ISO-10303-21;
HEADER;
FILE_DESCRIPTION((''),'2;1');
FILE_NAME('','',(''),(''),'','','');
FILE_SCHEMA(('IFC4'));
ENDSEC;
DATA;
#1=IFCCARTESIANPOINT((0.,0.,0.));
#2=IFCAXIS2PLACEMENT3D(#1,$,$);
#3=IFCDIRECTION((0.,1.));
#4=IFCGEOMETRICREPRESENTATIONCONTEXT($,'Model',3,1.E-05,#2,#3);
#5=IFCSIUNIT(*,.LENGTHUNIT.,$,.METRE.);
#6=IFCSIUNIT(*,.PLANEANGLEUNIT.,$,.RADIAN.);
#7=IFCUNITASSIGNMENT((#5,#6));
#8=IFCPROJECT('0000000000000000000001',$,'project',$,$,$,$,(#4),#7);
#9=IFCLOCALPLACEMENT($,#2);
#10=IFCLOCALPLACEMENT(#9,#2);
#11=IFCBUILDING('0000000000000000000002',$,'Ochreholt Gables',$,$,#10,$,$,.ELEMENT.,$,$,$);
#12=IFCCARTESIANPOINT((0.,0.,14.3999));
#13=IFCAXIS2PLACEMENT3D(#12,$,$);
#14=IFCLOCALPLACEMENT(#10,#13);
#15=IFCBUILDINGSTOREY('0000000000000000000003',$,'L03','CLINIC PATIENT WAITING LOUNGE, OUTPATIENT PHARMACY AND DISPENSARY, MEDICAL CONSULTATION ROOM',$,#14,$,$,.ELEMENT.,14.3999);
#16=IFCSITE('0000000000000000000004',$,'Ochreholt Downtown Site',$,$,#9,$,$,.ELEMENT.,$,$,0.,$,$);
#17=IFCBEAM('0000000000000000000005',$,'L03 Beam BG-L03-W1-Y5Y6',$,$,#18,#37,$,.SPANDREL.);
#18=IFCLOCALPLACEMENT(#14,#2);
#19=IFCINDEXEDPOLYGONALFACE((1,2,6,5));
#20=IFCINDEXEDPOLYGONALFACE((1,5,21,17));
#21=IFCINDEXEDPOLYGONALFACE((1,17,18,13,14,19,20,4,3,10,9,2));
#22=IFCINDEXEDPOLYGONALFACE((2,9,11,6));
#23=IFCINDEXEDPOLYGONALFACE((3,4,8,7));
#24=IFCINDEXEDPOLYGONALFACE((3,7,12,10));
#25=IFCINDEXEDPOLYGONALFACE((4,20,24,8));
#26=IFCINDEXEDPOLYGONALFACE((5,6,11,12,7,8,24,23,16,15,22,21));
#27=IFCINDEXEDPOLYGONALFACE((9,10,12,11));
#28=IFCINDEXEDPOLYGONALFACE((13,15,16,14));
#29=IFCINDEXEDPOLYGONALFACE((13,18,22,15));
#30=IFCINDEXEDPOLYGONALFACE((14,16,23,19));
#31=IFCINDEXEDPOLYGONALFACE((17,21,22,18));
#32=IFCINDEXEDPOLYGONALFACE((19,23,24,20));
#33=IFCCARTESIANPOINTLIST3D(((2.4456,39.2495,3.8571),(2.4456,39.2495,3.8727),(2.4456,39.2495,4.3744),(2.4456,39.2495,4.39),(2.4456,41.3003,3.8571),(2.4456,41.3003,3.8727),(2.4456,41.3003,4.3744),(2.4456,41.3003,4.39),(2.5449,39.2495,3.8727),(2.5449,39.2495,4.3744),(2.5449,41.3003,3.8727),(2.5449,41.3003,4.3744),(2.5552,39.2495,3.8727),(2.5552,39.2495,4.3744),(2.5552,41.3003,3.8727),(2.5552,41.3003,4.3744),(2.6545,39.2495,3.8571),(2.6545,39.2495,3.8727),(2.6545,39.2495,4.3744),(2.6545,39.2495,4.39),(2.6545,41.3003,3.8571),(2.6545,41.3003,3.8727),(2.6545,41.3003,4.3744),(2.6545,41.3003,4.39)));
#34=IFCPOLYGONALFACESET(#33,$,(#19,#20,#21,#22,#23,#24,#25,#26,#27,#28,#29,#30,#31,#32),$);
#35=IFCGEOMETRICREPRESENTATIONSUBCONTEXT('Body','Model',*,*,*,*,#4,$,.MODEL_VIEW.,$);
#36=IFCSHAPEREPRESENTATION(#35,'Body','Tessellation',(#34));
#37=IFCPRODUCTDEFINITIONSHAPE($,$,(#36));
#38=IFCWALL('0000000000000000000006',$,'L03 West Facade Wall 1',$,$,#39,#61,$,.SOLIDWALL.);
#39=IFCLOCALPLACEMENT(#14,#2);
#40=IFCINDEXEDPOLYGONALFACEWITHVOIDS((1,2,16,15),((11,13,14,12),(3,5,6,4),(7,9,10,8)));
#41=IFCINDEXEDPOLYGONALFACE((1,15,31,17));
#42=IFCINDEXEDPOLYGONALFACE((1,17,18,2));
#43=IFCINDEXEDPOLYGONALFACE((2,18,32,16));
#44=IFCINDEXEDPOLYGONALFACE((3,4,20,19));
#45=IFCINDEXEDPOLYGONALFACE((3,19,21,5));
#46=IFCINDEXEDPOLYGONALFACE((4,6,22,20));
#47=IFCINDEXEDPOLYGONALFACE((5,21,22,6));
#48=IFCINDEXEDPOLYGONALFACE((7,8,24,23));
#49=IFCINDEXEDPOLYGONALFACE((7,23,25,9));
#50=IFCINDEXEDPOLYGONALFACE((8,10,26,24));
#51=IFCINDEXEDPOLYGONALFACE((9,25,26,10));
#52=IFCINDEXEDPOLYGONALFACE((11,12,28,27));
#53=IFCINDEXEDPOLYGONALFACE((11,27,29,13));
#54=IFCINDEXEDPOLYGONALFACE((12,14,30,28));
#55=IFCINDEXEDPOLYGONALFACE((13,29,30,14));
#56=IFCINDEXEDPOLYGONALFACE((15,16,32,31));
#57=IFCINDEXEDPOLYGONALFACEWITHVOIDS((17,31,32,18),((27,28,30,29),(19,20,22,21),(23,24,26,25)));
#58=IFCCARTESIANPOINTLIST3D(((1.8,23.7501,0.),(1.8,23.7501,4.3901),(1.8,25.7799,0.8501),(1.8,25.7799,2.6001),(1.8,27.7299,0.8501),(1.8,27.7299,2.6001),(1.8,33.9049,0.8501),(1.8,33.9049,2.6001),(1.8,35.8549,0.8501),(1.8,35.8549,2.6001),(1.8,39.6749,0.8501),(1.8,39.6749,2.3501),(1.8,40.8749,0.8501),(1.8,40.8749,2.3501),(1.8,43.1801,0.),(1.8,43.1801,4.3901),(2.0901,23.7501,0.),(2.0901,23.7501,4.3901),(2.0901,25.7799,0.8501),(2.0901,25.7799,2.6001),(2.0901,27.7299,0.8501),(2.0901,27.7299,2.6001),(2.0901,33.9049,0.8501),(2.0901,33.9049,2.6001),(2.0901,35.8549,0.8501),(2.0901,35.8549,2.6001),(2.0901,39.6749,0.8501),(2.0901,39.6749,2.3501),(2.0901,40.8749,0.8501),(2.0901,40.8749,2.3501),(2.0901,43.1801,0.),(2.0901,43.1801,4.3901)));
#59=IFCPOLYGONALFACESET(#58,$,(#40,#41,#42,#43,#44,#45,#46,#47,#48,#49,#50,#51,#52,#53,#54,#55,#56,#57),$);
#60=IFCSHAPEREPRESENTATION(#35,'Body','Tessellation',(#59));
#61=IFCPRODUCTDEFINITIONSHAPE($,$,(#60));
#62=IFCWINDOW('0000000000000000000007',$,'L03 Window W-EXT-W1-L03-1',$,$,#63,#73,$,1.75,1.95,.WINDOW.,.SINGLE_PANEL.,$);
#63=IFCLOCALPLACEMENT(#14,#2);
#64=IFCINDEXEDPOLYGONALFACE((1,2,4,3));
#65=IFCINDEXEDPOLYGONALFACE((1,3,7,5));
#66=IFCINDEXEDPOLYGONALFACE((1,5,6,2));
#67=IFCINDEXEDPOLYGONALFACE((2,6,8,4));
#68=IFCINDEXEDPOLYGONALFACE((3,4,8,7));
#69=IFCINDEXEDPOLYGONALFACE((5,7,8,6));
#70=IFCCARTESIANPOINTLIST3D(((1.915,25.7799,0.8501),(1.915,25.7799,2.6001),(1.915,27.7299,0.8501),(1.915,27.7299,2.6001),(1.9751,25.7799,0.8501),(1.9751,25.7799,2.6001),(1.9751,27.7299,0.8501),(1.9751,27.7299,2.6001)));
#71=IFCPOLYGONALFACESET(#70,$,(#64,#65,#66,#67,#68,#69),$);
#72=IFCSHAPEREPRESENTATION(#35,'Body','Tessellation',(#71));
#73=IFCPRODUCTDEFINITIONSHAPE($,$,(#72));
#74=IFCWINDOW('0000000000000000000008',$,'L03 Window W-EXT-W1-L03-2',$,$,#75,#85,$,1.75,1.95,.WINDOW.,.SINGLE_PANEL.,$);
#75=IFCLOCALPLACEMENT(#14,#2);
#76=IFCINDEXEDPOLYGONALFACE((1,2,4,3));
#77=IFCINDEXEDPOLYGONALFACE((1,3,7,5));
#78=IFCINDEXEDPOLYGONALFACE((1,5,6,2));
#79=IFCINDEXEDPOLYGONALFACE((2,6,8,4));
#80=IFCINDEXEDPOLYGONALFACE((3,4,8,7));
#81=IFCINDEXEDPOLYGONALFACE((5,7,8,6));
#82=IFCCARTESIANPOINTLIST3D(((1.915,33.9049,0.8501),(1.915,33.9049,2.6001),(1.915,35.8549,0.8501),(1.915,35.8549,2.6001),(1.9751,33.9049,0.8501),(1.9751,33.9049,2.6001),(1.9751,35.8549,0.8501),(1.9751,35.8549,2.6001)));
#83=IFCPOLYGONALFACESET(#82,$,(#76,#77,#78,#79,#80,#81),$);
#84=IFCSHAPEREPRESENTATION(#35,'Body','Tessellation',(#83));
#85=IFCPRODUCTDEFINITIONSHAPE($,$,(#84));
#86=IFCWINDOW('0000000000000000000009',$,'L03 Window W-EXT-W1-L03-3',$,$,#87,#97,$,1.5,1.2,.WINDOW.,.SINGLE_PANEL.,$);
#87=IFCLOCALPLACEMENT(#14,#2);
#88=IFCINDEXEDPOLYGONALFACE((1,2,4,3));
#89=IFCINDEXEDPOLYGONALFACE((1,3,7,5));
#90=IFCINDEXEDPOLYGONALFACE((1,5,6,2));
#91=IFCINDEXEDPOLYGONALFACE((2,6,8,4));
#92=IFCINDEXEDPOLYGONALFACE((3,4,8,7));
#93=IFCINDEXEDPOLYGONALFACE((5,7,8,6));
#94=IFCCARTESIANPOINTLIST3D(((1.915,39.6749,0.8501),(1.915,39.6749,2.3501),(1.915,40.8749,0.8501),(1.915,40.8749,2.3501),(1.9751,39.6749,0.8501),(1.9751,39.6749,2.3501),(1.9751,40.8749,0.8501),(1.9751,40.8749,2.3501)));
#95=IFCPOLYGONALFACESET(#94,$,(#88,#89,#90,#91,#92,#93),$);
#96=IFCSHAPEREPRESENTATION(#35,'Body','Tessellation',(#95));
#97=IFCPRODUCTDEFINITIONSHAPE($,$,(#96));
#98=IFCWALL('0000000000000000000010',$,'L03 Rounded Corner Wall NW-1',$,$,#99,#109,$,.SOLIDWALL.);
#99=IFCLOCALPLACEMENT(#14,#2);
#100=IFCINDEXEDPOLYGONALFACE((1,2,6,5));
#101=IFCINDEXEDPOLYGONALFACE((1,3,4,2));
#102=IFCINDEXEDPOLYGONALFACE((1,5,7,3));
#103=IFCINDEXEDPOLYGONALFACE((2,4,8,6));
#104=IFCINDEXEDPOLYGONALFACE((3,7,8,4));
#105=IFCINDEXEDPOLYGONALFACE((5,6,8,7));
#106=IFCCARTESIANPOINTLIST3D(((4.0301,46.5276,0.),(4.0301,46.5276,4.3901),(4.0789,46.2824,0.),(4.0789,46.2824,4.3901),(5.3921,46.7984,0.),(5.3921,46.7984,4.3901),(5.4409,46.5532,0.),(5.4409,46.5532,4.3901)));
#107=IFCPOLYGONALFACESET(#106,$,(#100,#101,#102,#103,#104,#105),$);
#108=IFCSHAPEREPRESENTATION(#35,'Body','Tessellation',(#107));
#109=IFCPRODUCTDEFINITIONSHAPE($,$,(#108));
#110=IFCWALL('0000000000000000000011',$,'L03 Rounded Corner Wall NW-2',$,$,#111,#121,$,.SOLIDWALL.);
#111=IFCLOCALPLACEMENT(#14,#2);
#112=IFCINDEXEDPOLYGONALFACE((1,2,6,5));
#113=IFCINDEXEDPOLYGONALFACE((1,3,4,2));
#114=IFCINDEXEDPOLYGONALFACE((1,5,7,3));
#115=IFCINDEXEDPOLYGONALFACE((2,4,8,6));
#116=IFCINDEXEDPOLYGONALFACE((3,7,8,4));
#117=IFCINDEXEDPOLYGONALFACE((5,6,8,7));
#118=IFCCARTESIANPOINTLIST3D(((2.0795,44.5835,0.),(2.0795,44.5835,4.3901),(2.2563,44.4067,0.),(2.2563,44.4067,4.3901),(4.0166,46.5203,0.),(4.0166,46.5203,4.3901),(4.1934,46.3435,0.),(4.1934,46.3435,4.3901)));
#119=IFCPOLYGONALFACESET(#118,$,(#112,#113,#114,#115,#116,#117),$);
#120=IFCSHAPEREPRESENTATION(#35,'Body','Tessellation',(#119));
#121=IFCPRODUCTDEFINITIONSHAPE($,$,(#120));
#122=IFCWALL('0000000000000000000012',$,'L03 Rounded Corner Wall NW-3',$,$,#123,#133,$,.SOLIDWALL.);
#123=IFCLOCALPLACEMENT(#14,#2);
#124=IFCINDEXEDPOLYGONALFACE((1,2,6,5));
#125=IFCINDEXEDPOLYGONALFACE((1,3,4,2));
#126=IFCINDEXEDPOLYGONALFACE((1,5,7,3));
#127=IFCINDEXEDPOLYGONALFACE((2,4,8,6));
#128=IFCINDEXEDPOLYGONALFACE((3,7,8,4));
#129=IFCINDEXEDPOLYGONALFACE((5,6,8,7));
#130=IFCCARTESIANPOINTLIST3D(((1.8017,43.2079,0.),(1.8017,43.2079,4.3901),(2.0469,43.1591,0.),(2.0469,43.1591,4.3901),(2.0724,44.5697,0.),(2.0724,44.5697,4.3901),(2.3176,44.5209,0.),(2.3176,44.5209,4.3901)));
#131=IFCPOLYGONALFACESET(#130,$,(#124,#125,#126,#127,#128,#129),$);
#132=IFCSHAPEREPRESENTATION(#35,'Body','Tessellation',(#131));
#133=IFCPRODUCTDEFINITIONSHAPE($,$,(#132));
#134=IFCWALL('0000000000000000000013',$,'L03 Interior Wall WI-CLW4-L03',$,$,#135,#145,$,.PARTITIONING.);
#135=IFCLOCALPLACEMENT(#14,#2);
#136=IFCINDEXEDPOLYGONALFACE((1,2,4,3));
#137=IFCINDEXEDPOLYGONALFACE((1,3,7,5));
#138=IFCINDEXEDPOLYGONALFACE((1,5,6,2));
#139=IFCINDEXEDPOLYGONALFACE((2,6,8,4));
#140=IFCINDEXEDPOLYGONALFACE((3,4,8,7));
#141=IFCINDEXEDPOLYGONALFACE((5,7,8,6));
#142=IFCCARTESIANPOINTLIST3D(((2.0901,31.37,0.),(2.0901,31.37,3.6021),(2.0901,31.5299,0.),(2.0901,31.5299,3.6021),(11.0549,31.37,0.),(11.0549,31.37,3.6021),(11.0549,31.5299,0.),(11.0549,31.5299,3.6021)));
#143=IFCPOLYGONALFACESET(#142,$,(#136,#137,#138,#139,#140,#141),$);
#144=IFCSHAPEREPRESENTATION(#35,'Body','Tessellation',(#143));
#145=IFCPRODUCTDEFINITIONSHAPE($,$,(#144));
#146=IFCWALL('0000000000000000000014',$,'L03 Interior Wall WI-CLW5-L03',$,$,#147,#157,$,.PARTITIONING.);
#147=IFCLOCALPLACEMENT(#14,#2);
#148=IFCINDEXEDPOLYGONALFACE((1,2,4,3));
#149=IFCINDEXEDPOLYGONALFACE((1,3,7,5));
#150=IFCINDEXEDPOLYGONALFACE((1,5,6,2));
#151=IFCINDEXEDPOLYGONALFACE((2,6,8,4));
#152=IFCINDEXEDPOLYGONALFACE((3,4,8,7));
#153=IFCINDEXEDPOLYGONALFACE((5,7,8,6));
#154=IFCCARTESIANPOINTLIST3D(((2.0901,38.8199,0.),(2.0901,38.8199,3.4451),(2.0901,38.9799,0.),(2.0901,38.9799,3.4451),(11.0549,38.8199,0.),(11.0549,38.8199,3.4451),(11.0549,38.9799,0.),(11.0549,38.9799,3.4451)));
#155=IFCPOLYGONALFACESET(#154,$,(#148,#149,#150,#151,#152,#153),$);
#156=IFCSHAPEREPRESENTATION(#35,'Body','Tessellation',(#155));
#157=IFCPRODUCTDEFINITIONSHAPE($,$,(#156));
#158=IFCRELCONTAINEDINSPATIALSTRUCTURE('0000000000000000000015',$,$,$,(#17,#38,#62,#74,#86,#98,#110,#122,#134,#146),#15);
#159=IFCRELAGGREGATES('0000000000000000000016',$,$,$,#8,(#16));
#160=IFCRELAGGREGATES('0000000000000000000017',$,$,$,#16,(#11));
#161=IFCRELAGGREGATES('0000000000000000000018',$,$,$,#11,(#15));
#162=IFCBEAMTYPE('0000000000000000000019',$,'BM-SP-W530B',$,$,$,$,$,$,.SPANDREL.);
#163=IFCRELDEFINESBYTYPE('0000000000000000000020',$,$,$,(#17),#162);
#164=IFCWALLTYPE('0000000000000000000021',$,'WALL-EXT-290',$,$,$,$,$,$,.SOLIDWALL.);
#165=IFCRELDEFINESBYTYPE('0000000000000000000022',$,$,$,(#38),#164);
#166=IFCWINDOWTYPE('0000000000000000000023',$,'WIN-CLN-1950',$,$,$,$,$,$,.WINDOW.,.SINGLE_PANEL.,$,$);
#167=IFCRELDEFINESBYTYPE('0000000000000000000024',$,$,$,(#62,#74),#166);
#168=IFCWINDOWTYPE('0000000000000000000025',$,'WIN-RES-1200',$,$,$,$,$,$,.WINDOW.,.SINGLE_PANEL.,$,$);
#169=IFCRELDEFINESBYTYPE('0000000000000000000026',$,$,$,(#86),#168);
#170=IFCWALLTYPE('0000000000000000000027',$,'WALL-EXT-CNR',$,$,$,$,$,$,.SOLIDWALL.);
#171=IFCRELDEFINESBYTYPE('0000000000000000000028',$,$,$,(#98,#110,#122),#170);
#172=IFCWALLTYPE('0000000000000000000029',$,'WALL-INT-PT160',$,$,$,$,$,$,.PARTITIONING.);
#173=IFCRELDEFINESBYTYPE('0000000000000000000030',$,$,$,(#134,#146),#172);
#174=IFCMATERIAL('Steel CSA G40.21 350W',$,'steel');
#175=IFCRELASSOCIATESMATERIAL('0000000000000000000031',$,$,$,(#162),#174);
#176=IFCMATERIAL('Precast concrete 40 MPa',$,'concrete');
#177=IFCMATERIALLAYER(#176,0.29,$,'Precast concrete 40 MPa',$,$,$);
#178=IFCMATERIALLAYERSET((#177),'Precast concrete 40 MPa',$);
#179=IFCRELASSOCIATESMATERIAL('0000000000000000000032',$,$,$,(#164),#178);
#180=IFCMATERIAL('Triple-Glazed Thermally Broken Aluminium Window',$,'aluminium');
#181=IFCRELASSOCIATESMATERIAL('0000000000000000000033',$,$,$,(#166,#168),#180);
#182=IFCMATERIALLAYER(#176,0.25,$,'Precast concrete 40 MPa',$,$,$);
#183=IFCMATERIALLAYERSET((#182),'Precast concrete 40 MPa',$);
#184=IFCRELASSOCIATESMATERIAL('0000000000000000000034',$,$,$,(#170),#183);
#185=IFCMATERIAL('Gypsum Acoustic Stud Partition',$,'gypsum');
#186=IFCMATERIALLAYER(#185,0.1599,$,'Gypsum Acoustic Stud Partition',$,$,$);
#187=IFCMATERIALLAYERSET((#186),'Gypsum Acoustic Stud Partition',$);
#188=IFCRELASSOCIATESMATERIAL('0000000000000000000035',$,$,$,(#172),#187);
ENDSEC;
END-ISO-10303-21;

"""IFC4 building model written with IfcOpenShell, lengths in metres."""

from ifc_helpers import new_model, si_unit, direction, frame, frame_2d, origin, origin_2d, place, context, subcontext, project, spatial, rectangle, i_section, extrude, material, layer, layer_set, material_profile, profile_set, type_object, element, fill, save


model = new_model("IFC4")

# Units and contexts
model_context = context("Model", 3, precision=1e-05, world=origin(), true_north=direction((0.0, 1.0)))
body_context = subcontext(model_context, "Body", "Model", "MODEL_VIEW")
ifc_project = project(units=[si_unit("LENGTHUNIT", "METRE"), si_unit("PLANEANGLEUNIT", "RADIAN")], contexts=[model_context])

# Site, building, storey
site_placement = place(None, origin())
site = spatial("IfcSite", under=ifc_project, at=site_placement, Name="Ochreholt Downtown Site", CompositionType="ELEMENT", RefElevation=0.0)
building_placement = place(site_placement, origin())
building = spatial("IfcBuilding", under=site, at=building_placement, Name="Ochreholt Gables", CompositionType="ELEMENT")
storey_placement = place(building_placement, frame((0.0, 0.0, 14.3999)))
storey = spatial("IfcBuildingStorey", under=building, at=storey_placement, Name="L03", Description="CLINIC PATIENT WAITING LOUNGE, OUTPATIENT PHARMACY AND DISPENSARY, MEDICAL CONSULTATION ROOM", CompositionType="ELEMENT", Elevation=14.3999)

# Beam
ifc_material_1 = material(Name="Steel CSA G40.21 350W", Category="steel")
ifc_material_profile_1 = material_profile(ifc_material_1, i_section(OverallWidth=0.209, OverallDepth=0.533, WebThickness=0.0103, FlangeThickness=0.0156, at=origin_2d()), Name="W530X92")
ifc_profile_set_1 = profile_set([ifc_material_profile_1], Name="Steel CSA G40.21 350W")
beam_type_1 = type_object("IfcBeamType", Name="BM-SP-W530B", PredefinedType="SPANDREL", material=ifc_profile_set_1)
beam_1_placement = place(storey_placement, frame((2.55, 39.2495, 4.1235), z_axis=(0.0, 1.0, 0.0), x_axis=(-1.0, 0.0, 0.0)))
element("IfcBeam", 1, at=beam_1_placement, inside=storey, type_object=beam_type_1, Name="L03 Beam BG-L03-W1-Y5Y6", PredefinedType="SPANDREL", context=body_context, shape_type="SweptSolid", body=[
    extrude(i_section(OverallWidth=0.209, OverallDepth=0.533, WebThickness=0.0103, FlangeThickness=0.0156, at=origin_2d()), origin(), (0.0, 0.0, 1.0), 2.0508),
])

# Wall, openings, windows
ifc_material_2 = material(Name="Precast concrete 40 MPa", Category="concrete")
ifc_layer_1 = layer(ifc_material_2, 0.29, Name="Precast concrete 40 MPa")
ifc_layer_set_1 = layer_set([ifc_layer_1], Name="Precast concrete 40 MPa")
wall_type_1 = type_object("IfcWallType", Name="WALL-EXT-290", PredefinedType="SOLIDWALL", material=ifc_layer_set_1)
wall_1_placement = place(storey_placement, frame((1.9451, 43.1799, 0.0), z_axis=(0.0, 0.0, 1.0), x_axis=(0.0, -1.0, 0.0)))
wall_1 = element("IfcWall", 2, at=wall_1_placement, inside=storey, type_object=wall_type_1, Name="L03 West Facade Wall 1", PredefinedType="SOLIDWALL", context=body_context, shape_type="SweptSolid", body=[
    extrude(rectangle(XDim=19.4299, YDim=0.29, at=frame_2d((9.7148, 0.0))), origin(), (0.0, 0.0, 1.0), 4.3901),
])
opening_1_placement = place(wall_1_placement, frame((15.45, 0.0, 0.8501)))
opening_1 = element("IfcOpeningElement", 3, at=opening_1_placement, cuts=wall_1, PredefinedType="OPENING", context=body_context, shape_type="SweptSolid", body=[
    extrude(rectangle(XDim=1.95, YDim=1.75, at=frame_2d((0.9751, 0.875))), frame((0.0, 0.155, 0.0), z_axis=(0.0, -1.0, 0.0), x_axis=(1.0, 0.0, 0.0)), (0.0, 0.0, 1.0), 0.3101),
])
opening_2_placement = place(wall_1_placement, frame((7.325, 0.0, 0.8501)))
opening_2 = element("IfcOpeningElement", 4, at=opening_2_placement, cuts=wall_1, PredefinedType="OPENING", context=body_context, shape_type="SweptSolid", body=[
    extrude(rectangle(XDim=1.95, YDim=1.75, at=frame_2d((0.9751, 0.875))), frame((0.0, 0.155, 0.0), z_axis=(0.0, -1.0, 0.0), x_axis=(1.0, 0.0, 0.0)), (0.0, 0.0, 1.0), 0.3101),
])
opening_3_placement = place(wall_1_placement, frame((2.3049, 0.0, 0.8501)))
opening_3 = element("IfcOpeningElement", 5, at=opening_3_placement, cuts=wall_1, PredefinedType="OPENING", context=body_context, shape_type="SweptSolid", body=[
    extrude(rectangle(XDim=1.2, YDim=1.5, at=frame_2d((0.6001, 0.75))), frame((0.0, 0.155, 0.0), z_axis=(0.0, -1.0, 0.0), x_axis=(1.0, 0.0, 0.0)), (0.0, 0.0, 1.0), 0.3101),
])
ifc_material_3 = material(Name="Triple-Glazed Thermally Broken Aluminium Window", Category="aluminium")
window_type_1 = type_object("IfcWindowType", Name="WIN-CLN-1950", PartitioningType="SINGLE_PANEL", PredefinedType="WINDOW", material=ifc_material_3)
window_1_placement = place(opening_1_placement, origin())
window_1 = element("IfcWindow", 6, at=window_1_placement, inside=storey, type_object=window_type_1, Name="L03 Window W-EXT-W1-L03-1", OverallHeight=1.75, OverallWidth=1.95, PartitioningType="SINGLE_PANEL", PredefinedType="WINDOW", context=body_context, shape_type="SweptSolid", body=[
    extrude(rectangle(XDim=1.95, YDim=1.75, at=frame_2d((0.9751, 0.875))), frame((0.0, 0.03, 0.0), z_axis=(0.0, -1.0, 0.0), x_axis=(1.0, 0.0, 0.0)), (0.0, 0.0, 1.0), 0.0601),
])
fill(opening_1, window_1)
window_2_placement = place(opening_2_placement, origin())
window_2 = element("IfcWindow", 7, at=window_2_placement, inside=storey, type_object=window_type_1, Name="L03 Window W-EXT-W1-L03-2", OverallHeight=1.75, OverallWidth=1.95, PartitioningType="SINGLE_PANEL", PredefinedType="WINDOW", context=body_context, shape_type="SweptSolid", body=[
    extrude(rectangle(XDim=1.95, YDim=1.75, at=frame_2d((0.9751, 0.875))), frame((0.0, 0.03, 0.0), z_axis=(0.0, -1.0, 0.0), x_axis=(1.0, 0.0, 0.0)), (0.0, 0.0, 1.0), 0.0601),
])
fill(opening_2, window_2)
window_type_2 = type_object("IfcWindowType", Name="WIN-RES-1200", PartitioningType="SINGLE_PANEL", PredefinedType="WINDOW", material=ifc_material_3)
window_3_placement = place(opening_3_placement, origin())
window_3 = element("IfcWindow", 8, at=window_3_placement, inside=storey, type_object=window_type_2, Name="L03 Window W-EXT-W1-L03-3", OverallHeight=1.5, OverallWidth=1.2, PartitioningType="SINGLE_PANEL", PredefinedType="WINDOW", context=body_context, shape_type="SweptSolid", body=[
    extrude(rectangle(XDim=1.2, YDim=1.5, at=frame_2d((0.6001, 0.75))), frame((0.0, 0.03, 0.0), z_axis=(0.0, -1.0, 0.0), x_axis=(1.0, 0.0, 0.0)), (0.0, 0.0, 1.0), 0.0601),
])
fill(opening_3, window_3)

# Walls
ifc_layer_2 = layer(ifc_material_2, 0.25, Name="Precast concrete 40 MPa")
ifc_layer_set_2 = layer_set([ifc_layer_2], Name="Precast concrete 40 MPa")
wall_type_2 = type_object("IfcWallType", Name="WALL-EXT-CNR", PredefinedType="SOLIDWALL", material=ifc_layer_set_2)
wall_2_placement = place(storey_placement, frame((5.4165, 46.6758, 0.0), z_axis=(0.0, 0.0, 1.0), x_axis=(-0.98081, -0.194967, 0.0)))
element("IfcWall", 9, at=wall_2_placement, inside=storey, type_object=wall_type_2, Name="L03 Rounded Corner Wall NW-1", PredefinedType="SOLIDWALL", context=body_context, shape_type="SweptSolid", body=[
    extrude(rectangle(XDim=1.3887, YDim=0.25, at=frame_2d((0.6943, 0.0))), origin(), (0.0, 0.0, 1.0), 4.3901),
])
wall_3_placement = place(storey_placement, frame((4.105, 46.4319, 0.0), z_axis=(0.0, 0.0, 1.0), x_axis=(-0.707151, -0.707062, 0.0)))
element("IfcWall", 10, at=wall_3_placement, inside=storey, type_object=wall_type_2, Name="L03 Rounded Corner Wall NW-2", PredefinedType="SOLIDWALL", context=body_context, shape_type="SweptSolid", body=[
    extrude(rectangle(XDim=2.7393, YDim=0.25, at=frame_2d((1.3696, 0.0))), origin(), (0.0, 0.0, 1.0), 4.3901),
])
wall_4_placement = place(storey_placement, frame((2.1951, 44.5454, 0.0), z_axis=(0.0, 0.0, 1.0), x_axis=(-0.195, -0.980803, 0.0)))
element("IfcWall", 11, at=wall_4_placement, inside=storey, type_object=wall_type_2, Name="L03 Rounded Corner Wall NW-3", PredefinedType="SOLIDWALL", context=body_context, shape_type="SweptSolid", body=[
    extrude(rectangle(XDim=1.3884, YDim=0.25, at=frame_2d((0.6943, 0.0))), origin(), (0.0, 0.0, 1.0), 4.3901),
])
ifc_material_4 = material(Name="Gypsum Acoustic Stud Partition", Category="gypsum")
ifc_layer_3 = layer(ifc_material_4, 0.1599, Name="Gypsum Acoustic Stud Partition")
ifc_layer_set_3 = layer_set([ifc_layer_3], Name="Gypsum Acoustic Stud Partition")
wall_type_3 = type_object("IfcWallType", Name="WALL-INT-PT160", PredefinedType="PARTITIONING", material=ifc_layer_set_3)
wall_5_placement = place(storey_placement, frame((2.0901, 31.45, 0.0), z_axis=(0.0, 0.0, 1.0), x_axis=(1.0, 0.0, 0.0)))
element("IfcWall", 12, at=wall_5_placement, inside=storey, type_object=wall_type_3, Name="L03 Interior Wall WI-CLW4-L03", PredefinedType="PARTITIONING", context=body_context, shape_type="SweptSolid", body=[
    extrude(rectangle(XDim=8.9648, YDim=0.1599, at=frame_2d((4.4824, 0.0))), origin(), (0.0, 0.0, 1.0), 3.6021),
])
wall_6_placement = place(storey_placement, frame((2.0901, 38.8999, 0.0), z_axis=(0.0, 0.0, 1.0), x_axis=(1.0, 0.0, 0.0)))
element("IfcWall", 13, at=wall_6_placement, inside=storey, type_object=wall_type_3, Name="L03 Interior Wall WI-CLW5-L03", PredefinedType="PARTITIONING", context=body_context, shape_type="SweptSolid", body=[
    extrude(rectangle(XDim=8.9648, YDim=0.1599, at=frame_2d((4.4824, 0.0))), origin(), (0.0, 0.0, 1.0), 3.4451),
])

save(model, "model.ifc")
